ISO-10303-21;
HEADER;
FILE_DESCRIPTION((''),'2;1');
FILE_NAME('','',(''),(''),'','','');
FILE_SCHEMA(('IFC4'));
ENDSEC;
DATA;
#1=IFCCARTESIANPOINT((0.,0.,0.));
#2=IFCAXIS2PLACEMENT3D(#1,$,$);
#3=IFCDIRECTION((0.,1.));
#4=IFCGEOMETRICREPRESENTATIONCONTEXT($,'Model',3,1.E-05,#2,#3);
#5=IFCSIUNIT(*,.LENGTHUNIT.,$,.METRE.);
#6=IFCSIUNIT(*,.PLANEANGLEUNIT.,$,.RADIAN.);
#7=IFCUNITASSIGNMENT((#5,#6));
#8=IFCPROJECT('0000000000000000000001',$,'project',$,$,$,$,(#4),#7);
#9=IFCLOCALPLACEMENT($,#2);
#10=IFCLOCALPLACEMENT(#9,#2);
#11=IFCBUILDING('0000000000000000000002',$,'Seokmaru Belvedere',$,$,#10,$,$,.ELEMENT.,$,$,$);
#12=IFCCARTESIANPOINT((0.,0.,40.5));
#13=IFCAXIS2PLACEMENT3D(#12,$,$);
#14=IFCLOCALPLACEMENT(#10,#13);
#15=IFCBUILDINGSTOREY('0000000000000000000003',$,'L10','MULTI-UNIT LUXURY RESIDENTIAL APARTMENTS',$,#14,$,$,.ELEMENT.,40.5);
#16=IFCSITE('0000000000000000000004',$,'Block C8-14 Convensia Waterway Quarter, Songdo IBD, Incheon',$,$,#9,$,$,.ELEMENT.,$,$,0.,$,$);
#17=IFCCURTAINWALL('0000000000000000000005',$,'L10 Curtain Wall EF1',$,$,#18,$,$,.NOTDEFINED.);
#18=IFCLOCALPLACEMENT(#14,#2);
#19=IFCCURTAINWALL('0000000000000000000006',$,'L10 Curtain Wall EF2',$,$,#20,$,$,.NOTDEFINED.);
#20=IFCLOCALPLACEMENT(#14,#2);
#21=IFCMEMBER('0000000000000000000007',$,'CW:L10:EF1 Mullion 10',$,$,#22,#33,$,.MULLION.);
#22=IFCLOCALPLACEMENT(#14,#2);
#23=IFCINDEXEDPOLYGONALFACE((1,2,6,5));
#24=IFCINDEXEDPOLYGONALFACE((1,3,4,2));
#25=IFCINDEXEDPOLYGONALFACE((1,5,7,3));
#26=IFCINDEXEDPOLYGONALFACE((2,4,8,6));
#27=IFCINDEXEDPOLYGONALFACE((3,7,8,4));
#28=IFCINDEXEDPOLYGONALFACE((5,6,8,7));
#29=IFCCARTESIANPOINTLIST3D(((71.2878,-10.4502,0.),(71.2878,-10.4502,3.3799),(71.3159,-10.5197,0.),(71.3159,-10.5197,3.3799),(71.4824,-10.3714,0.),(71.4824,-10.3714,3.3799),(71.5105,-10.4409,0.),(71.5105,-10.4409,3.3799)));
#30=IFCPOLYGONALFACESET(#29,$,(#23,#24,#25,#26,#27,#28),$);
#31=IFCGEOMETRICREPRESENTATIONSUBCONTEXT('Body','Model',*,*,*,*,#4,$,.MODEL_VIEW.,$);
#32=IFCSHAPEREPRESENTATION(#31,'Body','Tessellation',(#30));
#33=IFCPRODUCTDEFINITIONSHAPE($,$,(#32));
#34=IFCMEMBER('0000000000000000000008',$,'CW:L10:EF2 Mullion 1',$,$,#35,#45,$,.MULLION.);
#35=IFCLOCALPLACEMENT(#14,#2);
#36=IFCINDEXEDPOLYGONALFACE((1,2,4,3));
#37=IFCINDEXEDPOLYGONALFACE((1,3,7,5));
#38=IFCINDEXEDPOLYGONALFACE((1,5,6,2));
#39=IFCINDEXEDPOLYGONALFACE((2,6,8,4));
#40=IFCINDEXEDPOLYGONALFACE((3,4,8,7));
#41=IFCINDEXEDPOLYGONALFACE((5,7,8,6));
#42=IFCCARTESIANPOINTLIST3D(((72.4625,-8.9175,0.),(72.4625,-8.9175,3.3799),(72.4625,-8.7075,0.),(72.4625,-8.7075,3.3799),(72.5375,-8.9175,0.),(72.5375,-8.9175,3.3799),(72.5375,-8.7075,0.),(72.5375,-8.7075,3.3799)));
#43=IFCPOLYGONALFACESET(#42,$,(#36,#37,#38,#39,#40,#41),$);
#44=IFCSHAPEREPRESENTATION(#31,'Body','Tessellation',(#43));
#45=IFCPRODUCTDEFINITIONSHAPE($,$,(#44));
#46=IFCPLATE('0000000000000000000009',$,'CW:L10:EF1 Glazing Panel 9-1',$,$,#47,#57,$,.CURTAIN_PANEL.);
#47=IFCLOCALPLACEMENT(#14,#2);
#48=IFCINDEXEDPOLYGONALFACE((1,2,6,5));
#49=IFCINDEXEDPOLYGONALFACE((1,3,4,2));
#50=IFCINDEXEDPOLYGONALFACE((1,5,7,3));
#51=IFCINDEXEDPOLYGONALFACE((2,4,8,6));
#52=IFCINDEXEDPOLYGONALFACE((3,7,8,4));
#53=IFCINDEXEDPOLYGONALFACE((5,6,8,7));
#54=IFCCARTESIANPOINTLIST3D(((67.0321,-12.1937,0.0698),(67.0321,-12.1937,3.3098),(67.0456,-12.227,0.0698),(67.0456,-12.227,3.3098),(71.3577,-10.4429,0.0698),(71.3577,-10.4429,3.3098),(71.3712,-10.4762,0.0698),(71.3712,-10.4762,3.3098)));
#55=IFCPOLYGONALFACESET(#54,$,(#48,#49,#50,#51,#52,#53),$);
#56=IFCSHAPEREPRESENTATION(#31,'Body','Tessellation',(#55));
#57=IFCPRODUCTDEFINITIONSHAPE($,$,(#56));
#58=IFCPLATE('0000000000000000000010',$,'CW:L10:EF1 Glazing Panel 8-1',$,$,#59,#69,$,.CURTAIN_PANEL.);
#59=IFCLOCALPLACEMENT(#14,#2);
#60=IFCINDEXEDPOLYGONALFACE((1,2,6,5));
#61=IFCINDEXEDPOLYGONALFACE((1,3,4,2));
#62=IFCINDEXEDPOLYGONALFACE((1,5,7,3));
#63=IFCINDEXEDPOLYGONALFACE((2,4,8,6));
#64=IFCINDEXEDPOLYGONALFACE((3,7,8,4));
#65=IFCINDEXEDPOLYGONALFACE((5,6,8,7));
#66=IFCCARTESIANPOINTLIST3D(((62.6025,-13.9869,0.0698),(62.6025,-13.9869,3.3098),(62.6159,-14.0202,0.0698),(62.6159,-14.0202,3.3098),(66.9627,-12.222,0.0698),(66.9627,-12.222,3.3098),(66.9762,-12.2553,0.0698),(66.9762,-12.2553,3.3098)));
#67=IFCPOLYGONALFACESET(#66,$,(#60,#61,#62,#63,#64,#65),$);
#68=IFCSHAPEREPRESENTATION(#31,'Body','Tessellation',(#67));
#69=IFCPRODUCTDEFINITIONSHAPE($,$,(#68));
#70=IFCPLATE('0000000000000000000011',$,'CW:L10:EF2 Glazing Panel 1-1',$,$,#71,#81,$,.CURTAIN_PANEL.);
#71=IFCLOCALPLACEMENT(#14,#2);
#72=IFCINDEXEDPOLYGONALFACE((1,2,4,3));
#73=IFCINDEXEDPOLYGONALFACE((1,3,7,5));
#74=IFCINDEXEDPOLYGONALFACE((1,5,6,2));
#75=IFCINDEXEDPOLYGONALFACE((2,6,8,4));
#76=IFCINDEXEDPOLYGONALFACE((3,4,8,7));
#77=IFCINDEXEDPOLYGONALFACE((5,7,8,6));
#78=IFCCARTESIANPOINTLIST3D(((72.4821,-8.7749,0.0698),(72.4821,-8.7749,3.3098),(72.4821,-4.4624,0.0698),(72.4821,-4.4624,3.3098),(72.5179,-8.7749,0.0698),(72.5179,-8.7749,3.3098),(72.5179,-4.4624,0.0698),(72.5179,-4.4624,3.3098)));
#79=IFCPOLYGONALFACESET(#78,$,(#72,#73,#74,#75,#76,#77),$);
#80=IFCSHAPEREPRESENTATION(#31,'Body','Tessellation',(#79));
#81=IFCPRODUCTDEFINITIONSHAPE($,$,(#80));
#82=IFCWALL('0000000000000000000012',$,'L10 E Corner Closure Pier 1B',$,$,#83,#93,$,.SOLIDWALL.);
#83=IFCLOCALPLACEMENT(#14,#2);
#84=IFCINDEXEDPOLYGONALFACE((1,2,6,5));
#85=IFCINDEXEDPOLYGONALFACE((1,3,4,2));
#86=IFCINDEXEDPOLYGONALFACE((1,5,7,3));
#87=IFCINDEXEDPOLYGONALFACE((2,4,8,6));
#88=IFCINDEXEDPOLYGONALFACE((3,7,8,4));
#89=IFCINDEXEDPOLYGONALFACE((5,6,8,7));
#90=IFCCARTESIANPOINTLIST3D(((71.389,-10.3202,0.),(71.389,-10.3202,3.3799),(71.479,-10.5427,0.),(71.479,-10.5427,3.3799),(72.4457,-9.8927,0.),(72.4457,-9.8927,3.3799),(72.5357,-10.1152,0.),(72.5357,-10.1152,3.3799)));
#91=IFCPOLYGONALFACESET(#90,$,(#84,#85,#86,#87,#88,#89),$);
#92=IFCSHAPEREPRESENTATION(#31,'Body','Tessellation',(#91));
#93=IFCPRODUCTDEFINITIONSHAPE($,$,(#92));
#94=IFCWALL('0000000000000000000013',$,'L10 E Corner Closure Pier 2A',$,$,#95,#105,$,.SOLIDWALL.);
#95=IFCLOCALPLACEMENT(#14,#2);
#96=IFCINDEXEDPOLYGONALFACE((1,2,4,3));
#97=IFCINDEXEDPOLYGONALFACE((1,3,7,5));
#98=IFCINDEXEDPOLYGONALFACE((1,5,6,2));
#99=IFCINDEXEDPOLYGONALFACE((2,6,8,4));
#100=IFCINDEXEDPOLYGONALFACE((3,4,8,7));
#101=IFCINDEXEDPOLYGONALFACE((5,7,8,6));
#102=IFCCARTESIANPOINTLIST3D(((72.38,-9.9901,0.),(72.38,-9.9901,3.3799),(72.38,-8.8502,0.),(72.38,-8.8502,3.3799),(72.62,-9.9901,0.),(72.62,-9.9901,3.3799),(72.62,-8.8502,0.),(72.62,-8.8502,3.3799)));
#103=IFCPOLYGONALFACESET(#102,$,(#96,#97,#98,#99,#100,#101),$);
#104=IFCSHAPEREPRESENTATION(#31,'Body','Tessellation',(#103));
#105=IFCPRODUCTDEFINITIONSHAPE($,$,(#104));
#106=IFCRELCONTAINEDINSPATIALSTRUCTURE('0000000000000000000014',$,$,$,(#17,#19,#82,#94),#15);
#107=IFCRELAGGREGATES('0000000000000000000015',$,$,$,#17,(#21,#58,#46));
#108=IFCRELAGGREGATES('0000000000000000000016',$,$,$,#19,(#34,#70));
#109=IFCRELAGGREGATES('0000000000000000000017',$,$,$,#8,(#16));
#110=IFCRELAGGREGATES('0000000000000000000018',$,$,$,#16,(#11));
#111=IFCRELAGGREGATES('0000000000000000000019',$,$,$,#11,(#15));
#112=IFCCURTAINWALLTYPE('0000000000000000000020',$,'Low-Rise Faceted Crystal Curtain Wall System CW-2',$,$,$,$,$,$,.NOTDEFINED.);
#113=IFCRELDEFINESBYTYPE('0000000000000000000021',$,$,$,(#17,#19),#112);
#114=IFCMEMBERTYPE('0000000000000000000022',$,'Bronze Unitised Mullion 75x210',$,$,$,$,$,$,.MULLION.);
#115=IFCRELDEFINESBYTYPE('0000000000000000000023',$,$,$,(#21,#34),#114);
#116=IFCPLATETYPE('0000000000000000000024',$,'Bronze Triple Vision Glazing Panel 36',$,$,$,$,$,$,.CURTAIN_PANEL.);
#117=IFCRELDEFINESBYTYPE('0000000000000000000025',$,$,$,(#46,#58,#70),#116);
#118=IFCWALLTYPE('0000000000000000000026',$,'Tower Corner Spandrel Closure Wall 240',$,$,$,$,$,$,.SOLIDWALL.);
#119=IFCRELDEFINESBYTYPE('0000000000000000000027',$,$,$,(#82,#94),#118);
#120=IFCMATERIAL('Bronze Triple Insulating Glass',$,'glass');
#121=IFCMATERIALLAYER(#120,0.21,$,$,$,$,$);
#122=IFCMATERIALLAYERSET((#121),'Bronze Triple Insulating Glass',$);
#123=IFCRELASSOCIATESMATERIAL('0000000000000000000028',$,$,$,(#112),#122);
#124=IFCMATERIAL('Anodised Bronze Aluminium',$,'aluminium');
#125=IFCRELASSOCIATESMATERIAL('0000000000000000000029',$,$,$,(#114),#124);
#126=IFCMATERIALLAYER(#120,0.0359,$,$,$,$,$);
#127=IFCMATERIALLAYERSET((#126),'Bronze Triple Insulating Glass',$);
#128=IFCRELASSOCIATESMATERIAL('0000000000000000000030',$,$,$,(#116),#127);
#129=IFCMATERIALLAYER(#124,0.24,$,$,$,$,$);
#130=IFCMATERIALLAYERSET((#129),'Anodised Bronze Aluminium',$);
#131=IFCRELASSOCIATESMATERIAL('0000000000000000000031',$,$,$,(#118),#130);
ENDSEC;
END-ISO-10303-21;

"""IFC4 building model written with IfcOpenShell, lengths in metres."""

from ifc_helpers import new_model, si_unit, direction, frame, frame_2d, origin, origin_2d, place, context, subcontext, project, spatial, rectangle, extrude, source, transform, mapped, material, layer, layer_set, material_profile, profile_set, type_object, type_shapes, element, aggregate, save


model = new_model("IFC4")

# Units and contexts
model_context = context("Model", 3, precision=1e-05, world=origin(), true_north=direction((0.0, 1.0)))
body_context = subcontext(model_context, "Body", "Model", "MODEL_VIEW")
ifc_project = project(units=[si_unit("LENGTHUNIT", "METRE"), si_unit("PLANEANGLEUNIT", "RADIAN")], contexts=[model_context])

# Site, building, storey
site_placement = place(None, origin())
site = spatial("IfcSite", under=ifc_project, at=site_placement, Name="Block C8-14 Convensia Waterway Quarter, Songdo IBD, Incheon", CompositionType="ELEMENT", RefElevation=0.0)
building_placement = place(site_placement, origin())
building = spatial("IfcBuilding", under=site, at=building_placement, Name="Seokmaru Belvedere", CompositionType="ELEMENT")
storey_placement = place(building_placement, frame((0.0, 0.0, 40.5)))
storey = spatial("IfcBuildingStorey", under=building, at=storey_placement, Name="L10", Description="MULTI-UNIT LUXURY RESIDENTIAL APARTMENTS", CompositionType="ELEMENT", Elevation=40.5)

# Curtain walls
ifc_material_1 = material(Name="Bronze Triple Insulating Glass", Category="glass")
ifc_layer_1 = layer(ifc_material_1, 0.21)
ifc_layer_set_1 = layer_set([ifc_layer_1], Name="Bronze Triple Insulating Glass")
curtain_wall_type = type_object("IfcCurtainWallType", Name="Low-Rise Faceted Crystal Curtain Wall System CW-2", PredefinedType="NOTDEFINED", material=ifc_layer_set_1)
curtain_wall_1_placement = place(storey_placement, origin())
curtain_wall_1 = element("IfcCurtainWall", 1, at=curtain_wall_1_placement, inside=storey, type_object=curtain_wall_type, Name="L10 Curtain Wall EF1", PredefinedType="NOTDEFINED")
ifc_material_2 = material(Name="Anodised Bronze Aluminium", Category="aluminium")
ifc_material_profile_1 = material_profile(ifc_material_2, rectangle(XDim=0.075, YDim=0.21, at=origin_2d()), Name="CW-M-75x210")
ifc_profile_set_1 = profile_set([ifc_material_profile_1], Name="Anodised Bronze Aluminium")
member_type_1 = type_object("IfcMemberType", Name="Bronze Unitised Mullion 75x210", PredefinedType="MULLION", material=ifc_profile_set_1)
curtain_wall_2_placement = place(storey_placement, origin())
curtain_wall_2 = element("IfcCurtainWall", 2, at=curtain_wall_2_placement, inside=storey, type_object=curtain_wall_type, Name="L10 Curtain Wall EF2", PredefinedType="NOTDEFINED")

# Members
shared_shape_1 = source(origin(), body_context, "Body", "SweptSolid", [
    extrude(rectangle(XDim=0.075, YDim=0.21, at=origin_2d()), origin(), (0.0, 0.0, 1.0), 3.3799),
])
member_1_placement = place(storey_placement, frame((71.3992, -10.4456, 0.0), z_axis=(0.0, 0.0, 1.0), x_axis=(-0.375192, 0.926947, 0.0)))
member_1 = element("IfcMember", 3, at=member_1_placement, type_object=member_type_1, Name="CW:L10:EF1 Mullion 10", PredefinedType="MULLION", context=body_context, shape_type="MappedRepresentation", body=[
    mapped(shared_shape_1, transform((0.0, 0.0, 0.0), scale=1.0)),
])
member_2_placement = place(storey_placement, frame((72.5, -8.8125, 0.0), z_axis=(0.0, 0.0, 1.0), x_axis=(-1.0, 0.0, 0.0)))
member_2 = element("IfcMember", 4, at=member_2_placement, type_object=member_type_1, Name="CW:L10:EF2 Mullion 1", PredefinedType="MULLION", context=body_context, shape_type="MappedRepresentation", body=[
    mapped(shared_shape_1, transform((0.0, 0.0, 0.0), scale=1.0)),
])

# Plates
ifc_layer_2 = layer(ifc_material_1, 0.0359)
ifc_layer_set_2 = layer_set([ifc_layer_2], Name="Bronze Triple Insulating Glass")
plate_type = type_object("IfcPlateType", Name="Bronze Triple Vision Glazing Panel 36", PredefinedType="CURTAIN_PANEL", material=ifc_layer_set_2)
shared_shape_2 = source(origin(), body_context, "Body", "SweptSolid", [
    extrude(rectangle(XDim=4.6665, YDim=0.0359, at=origin_2d()), origin(), (0.0, 0.0, 1.0), 3.24),
])
plate_1_placement = place(storey_placement, frame((69.2017, -11.335, 0.0698), z_axis=(0.0, 0.0, 1.0), x_axis=(0.926947, 0.375192, 0.0)))
plate_1 = element("IfcPlate", 5, at=plate_1_placement, type_object=plate_type, Name="CW:L10:EF1 Glazing Panel 9-1", PredefinedType="CURTAIN_PANEL", context=body_context, shape_type="MappedRepresentation", body=[
    mapped(shared_shape_2, transform((0.0, 0.0, 0.0), scale=1.0)),
])
shared_shape_3 = source(origin(), body_context, "Body", "SweptSolid", [
    extrude(rectangle(XDim=4.7039, YDim=0.0359, at=origin_2d()), origin(), (0.0, 0.0, 1.0), 3.24),
])
plate_2_placement = place(storey_placement, frame((64.7893, -13.1211, 0.0698), z_axis=(0.0, 0.0, 1.0), x_axis=(0.926947, 0.375192, 0.0)))
plate_2 = element("IfcPlate", 6, at=plate_2_placement, type_object=plate_type, Name="CW:L10:EF1 Glazing Panel 8-1", PredefinedType="CURTAIN_PANEL", context=body_context, shape_type="MappedRepresentation", body=[
    mapped(shared_shape_3, transform((0.0, 0.0, 0.0), scale=1.0)),
])
aggregate(curtain_wall_1, [member_1, plate_2, plate_1])
shared_shape_4 = source(origin(), body_context, "Body", "SweptSolid", [
    extrude(rectangle(XDim=4.3125, YDim=0.0359, at=origin_2d()), origin(), (0.0, 0.0, 1.0), 3.24),
])
type_shapes(plate_type, [shared_shape_2, shared_shape_3, shared_shape_4])
plate_3_placement = place(storey_placement, frame((72.5, -6.6187, 0.0698), z_axis=(0.0, 0.0, 1.0), x_axis=(0.0, 1.0, 0.0)))
plate_3 = element("IfcPlate", 7, at=plate_3_placement, type_object=plate_type, Name="CW:L10:EF2 Glazing Panel 1-1", PredefinedType="CURTAIN_PANEL", context=body_context, shape_type="MappedRepresentation", body=[
    mapped(shared_shape_4, transform((0.0, 0.0, 0.0), scale=1.0)),
])
aggregate(curtain_wall_2, [member_2, plate_3])

# Walls
ifc_layer_3 = layer(ifc_material_2, 0.24)
ifc_layer_set_3 = layer_set([ifc_layer_3], Name="Anodised Bronze Aluminium")
wall_type = type_object("IfcWallType", Name="Tower Corner Spandrel Closure Wall 240", PredefinedType="SOLIDWALL", material=ifc_layer_set_3)
for number, where, z_axis, x_axis, name in (
    (8, (71.4341, -10.4314, 0.0), (0.0, 0.0, 1.0), (0.927007, 0.375044, 0.0), "L10 E Corner Closure Pier 1B"),
    (9, (72.5, -9.99, 0.0), (0.0, 0.0, 1.0), (0.0, 1.0, 0.0), "L10 E Corner Closure Pier 2A"),
):
    element("IfcWall", number, at=place(storey_placement, frame(where, z_axis=z_axis, x_axis=x_axis)), inside=storey, type_object=wall_type, Name=name, PredefinedType="SOLIDWALL", context=body_context, shape_type="SweptSolid", body=[
        extrude(rectangle(XDim=1.1399, YDim=0.24, at=frame_2d((0.5698, 0.0))), origin(), (0.0, 0.0, 1.0), 3.3799),
    ])

save(model, "model.ifc")
